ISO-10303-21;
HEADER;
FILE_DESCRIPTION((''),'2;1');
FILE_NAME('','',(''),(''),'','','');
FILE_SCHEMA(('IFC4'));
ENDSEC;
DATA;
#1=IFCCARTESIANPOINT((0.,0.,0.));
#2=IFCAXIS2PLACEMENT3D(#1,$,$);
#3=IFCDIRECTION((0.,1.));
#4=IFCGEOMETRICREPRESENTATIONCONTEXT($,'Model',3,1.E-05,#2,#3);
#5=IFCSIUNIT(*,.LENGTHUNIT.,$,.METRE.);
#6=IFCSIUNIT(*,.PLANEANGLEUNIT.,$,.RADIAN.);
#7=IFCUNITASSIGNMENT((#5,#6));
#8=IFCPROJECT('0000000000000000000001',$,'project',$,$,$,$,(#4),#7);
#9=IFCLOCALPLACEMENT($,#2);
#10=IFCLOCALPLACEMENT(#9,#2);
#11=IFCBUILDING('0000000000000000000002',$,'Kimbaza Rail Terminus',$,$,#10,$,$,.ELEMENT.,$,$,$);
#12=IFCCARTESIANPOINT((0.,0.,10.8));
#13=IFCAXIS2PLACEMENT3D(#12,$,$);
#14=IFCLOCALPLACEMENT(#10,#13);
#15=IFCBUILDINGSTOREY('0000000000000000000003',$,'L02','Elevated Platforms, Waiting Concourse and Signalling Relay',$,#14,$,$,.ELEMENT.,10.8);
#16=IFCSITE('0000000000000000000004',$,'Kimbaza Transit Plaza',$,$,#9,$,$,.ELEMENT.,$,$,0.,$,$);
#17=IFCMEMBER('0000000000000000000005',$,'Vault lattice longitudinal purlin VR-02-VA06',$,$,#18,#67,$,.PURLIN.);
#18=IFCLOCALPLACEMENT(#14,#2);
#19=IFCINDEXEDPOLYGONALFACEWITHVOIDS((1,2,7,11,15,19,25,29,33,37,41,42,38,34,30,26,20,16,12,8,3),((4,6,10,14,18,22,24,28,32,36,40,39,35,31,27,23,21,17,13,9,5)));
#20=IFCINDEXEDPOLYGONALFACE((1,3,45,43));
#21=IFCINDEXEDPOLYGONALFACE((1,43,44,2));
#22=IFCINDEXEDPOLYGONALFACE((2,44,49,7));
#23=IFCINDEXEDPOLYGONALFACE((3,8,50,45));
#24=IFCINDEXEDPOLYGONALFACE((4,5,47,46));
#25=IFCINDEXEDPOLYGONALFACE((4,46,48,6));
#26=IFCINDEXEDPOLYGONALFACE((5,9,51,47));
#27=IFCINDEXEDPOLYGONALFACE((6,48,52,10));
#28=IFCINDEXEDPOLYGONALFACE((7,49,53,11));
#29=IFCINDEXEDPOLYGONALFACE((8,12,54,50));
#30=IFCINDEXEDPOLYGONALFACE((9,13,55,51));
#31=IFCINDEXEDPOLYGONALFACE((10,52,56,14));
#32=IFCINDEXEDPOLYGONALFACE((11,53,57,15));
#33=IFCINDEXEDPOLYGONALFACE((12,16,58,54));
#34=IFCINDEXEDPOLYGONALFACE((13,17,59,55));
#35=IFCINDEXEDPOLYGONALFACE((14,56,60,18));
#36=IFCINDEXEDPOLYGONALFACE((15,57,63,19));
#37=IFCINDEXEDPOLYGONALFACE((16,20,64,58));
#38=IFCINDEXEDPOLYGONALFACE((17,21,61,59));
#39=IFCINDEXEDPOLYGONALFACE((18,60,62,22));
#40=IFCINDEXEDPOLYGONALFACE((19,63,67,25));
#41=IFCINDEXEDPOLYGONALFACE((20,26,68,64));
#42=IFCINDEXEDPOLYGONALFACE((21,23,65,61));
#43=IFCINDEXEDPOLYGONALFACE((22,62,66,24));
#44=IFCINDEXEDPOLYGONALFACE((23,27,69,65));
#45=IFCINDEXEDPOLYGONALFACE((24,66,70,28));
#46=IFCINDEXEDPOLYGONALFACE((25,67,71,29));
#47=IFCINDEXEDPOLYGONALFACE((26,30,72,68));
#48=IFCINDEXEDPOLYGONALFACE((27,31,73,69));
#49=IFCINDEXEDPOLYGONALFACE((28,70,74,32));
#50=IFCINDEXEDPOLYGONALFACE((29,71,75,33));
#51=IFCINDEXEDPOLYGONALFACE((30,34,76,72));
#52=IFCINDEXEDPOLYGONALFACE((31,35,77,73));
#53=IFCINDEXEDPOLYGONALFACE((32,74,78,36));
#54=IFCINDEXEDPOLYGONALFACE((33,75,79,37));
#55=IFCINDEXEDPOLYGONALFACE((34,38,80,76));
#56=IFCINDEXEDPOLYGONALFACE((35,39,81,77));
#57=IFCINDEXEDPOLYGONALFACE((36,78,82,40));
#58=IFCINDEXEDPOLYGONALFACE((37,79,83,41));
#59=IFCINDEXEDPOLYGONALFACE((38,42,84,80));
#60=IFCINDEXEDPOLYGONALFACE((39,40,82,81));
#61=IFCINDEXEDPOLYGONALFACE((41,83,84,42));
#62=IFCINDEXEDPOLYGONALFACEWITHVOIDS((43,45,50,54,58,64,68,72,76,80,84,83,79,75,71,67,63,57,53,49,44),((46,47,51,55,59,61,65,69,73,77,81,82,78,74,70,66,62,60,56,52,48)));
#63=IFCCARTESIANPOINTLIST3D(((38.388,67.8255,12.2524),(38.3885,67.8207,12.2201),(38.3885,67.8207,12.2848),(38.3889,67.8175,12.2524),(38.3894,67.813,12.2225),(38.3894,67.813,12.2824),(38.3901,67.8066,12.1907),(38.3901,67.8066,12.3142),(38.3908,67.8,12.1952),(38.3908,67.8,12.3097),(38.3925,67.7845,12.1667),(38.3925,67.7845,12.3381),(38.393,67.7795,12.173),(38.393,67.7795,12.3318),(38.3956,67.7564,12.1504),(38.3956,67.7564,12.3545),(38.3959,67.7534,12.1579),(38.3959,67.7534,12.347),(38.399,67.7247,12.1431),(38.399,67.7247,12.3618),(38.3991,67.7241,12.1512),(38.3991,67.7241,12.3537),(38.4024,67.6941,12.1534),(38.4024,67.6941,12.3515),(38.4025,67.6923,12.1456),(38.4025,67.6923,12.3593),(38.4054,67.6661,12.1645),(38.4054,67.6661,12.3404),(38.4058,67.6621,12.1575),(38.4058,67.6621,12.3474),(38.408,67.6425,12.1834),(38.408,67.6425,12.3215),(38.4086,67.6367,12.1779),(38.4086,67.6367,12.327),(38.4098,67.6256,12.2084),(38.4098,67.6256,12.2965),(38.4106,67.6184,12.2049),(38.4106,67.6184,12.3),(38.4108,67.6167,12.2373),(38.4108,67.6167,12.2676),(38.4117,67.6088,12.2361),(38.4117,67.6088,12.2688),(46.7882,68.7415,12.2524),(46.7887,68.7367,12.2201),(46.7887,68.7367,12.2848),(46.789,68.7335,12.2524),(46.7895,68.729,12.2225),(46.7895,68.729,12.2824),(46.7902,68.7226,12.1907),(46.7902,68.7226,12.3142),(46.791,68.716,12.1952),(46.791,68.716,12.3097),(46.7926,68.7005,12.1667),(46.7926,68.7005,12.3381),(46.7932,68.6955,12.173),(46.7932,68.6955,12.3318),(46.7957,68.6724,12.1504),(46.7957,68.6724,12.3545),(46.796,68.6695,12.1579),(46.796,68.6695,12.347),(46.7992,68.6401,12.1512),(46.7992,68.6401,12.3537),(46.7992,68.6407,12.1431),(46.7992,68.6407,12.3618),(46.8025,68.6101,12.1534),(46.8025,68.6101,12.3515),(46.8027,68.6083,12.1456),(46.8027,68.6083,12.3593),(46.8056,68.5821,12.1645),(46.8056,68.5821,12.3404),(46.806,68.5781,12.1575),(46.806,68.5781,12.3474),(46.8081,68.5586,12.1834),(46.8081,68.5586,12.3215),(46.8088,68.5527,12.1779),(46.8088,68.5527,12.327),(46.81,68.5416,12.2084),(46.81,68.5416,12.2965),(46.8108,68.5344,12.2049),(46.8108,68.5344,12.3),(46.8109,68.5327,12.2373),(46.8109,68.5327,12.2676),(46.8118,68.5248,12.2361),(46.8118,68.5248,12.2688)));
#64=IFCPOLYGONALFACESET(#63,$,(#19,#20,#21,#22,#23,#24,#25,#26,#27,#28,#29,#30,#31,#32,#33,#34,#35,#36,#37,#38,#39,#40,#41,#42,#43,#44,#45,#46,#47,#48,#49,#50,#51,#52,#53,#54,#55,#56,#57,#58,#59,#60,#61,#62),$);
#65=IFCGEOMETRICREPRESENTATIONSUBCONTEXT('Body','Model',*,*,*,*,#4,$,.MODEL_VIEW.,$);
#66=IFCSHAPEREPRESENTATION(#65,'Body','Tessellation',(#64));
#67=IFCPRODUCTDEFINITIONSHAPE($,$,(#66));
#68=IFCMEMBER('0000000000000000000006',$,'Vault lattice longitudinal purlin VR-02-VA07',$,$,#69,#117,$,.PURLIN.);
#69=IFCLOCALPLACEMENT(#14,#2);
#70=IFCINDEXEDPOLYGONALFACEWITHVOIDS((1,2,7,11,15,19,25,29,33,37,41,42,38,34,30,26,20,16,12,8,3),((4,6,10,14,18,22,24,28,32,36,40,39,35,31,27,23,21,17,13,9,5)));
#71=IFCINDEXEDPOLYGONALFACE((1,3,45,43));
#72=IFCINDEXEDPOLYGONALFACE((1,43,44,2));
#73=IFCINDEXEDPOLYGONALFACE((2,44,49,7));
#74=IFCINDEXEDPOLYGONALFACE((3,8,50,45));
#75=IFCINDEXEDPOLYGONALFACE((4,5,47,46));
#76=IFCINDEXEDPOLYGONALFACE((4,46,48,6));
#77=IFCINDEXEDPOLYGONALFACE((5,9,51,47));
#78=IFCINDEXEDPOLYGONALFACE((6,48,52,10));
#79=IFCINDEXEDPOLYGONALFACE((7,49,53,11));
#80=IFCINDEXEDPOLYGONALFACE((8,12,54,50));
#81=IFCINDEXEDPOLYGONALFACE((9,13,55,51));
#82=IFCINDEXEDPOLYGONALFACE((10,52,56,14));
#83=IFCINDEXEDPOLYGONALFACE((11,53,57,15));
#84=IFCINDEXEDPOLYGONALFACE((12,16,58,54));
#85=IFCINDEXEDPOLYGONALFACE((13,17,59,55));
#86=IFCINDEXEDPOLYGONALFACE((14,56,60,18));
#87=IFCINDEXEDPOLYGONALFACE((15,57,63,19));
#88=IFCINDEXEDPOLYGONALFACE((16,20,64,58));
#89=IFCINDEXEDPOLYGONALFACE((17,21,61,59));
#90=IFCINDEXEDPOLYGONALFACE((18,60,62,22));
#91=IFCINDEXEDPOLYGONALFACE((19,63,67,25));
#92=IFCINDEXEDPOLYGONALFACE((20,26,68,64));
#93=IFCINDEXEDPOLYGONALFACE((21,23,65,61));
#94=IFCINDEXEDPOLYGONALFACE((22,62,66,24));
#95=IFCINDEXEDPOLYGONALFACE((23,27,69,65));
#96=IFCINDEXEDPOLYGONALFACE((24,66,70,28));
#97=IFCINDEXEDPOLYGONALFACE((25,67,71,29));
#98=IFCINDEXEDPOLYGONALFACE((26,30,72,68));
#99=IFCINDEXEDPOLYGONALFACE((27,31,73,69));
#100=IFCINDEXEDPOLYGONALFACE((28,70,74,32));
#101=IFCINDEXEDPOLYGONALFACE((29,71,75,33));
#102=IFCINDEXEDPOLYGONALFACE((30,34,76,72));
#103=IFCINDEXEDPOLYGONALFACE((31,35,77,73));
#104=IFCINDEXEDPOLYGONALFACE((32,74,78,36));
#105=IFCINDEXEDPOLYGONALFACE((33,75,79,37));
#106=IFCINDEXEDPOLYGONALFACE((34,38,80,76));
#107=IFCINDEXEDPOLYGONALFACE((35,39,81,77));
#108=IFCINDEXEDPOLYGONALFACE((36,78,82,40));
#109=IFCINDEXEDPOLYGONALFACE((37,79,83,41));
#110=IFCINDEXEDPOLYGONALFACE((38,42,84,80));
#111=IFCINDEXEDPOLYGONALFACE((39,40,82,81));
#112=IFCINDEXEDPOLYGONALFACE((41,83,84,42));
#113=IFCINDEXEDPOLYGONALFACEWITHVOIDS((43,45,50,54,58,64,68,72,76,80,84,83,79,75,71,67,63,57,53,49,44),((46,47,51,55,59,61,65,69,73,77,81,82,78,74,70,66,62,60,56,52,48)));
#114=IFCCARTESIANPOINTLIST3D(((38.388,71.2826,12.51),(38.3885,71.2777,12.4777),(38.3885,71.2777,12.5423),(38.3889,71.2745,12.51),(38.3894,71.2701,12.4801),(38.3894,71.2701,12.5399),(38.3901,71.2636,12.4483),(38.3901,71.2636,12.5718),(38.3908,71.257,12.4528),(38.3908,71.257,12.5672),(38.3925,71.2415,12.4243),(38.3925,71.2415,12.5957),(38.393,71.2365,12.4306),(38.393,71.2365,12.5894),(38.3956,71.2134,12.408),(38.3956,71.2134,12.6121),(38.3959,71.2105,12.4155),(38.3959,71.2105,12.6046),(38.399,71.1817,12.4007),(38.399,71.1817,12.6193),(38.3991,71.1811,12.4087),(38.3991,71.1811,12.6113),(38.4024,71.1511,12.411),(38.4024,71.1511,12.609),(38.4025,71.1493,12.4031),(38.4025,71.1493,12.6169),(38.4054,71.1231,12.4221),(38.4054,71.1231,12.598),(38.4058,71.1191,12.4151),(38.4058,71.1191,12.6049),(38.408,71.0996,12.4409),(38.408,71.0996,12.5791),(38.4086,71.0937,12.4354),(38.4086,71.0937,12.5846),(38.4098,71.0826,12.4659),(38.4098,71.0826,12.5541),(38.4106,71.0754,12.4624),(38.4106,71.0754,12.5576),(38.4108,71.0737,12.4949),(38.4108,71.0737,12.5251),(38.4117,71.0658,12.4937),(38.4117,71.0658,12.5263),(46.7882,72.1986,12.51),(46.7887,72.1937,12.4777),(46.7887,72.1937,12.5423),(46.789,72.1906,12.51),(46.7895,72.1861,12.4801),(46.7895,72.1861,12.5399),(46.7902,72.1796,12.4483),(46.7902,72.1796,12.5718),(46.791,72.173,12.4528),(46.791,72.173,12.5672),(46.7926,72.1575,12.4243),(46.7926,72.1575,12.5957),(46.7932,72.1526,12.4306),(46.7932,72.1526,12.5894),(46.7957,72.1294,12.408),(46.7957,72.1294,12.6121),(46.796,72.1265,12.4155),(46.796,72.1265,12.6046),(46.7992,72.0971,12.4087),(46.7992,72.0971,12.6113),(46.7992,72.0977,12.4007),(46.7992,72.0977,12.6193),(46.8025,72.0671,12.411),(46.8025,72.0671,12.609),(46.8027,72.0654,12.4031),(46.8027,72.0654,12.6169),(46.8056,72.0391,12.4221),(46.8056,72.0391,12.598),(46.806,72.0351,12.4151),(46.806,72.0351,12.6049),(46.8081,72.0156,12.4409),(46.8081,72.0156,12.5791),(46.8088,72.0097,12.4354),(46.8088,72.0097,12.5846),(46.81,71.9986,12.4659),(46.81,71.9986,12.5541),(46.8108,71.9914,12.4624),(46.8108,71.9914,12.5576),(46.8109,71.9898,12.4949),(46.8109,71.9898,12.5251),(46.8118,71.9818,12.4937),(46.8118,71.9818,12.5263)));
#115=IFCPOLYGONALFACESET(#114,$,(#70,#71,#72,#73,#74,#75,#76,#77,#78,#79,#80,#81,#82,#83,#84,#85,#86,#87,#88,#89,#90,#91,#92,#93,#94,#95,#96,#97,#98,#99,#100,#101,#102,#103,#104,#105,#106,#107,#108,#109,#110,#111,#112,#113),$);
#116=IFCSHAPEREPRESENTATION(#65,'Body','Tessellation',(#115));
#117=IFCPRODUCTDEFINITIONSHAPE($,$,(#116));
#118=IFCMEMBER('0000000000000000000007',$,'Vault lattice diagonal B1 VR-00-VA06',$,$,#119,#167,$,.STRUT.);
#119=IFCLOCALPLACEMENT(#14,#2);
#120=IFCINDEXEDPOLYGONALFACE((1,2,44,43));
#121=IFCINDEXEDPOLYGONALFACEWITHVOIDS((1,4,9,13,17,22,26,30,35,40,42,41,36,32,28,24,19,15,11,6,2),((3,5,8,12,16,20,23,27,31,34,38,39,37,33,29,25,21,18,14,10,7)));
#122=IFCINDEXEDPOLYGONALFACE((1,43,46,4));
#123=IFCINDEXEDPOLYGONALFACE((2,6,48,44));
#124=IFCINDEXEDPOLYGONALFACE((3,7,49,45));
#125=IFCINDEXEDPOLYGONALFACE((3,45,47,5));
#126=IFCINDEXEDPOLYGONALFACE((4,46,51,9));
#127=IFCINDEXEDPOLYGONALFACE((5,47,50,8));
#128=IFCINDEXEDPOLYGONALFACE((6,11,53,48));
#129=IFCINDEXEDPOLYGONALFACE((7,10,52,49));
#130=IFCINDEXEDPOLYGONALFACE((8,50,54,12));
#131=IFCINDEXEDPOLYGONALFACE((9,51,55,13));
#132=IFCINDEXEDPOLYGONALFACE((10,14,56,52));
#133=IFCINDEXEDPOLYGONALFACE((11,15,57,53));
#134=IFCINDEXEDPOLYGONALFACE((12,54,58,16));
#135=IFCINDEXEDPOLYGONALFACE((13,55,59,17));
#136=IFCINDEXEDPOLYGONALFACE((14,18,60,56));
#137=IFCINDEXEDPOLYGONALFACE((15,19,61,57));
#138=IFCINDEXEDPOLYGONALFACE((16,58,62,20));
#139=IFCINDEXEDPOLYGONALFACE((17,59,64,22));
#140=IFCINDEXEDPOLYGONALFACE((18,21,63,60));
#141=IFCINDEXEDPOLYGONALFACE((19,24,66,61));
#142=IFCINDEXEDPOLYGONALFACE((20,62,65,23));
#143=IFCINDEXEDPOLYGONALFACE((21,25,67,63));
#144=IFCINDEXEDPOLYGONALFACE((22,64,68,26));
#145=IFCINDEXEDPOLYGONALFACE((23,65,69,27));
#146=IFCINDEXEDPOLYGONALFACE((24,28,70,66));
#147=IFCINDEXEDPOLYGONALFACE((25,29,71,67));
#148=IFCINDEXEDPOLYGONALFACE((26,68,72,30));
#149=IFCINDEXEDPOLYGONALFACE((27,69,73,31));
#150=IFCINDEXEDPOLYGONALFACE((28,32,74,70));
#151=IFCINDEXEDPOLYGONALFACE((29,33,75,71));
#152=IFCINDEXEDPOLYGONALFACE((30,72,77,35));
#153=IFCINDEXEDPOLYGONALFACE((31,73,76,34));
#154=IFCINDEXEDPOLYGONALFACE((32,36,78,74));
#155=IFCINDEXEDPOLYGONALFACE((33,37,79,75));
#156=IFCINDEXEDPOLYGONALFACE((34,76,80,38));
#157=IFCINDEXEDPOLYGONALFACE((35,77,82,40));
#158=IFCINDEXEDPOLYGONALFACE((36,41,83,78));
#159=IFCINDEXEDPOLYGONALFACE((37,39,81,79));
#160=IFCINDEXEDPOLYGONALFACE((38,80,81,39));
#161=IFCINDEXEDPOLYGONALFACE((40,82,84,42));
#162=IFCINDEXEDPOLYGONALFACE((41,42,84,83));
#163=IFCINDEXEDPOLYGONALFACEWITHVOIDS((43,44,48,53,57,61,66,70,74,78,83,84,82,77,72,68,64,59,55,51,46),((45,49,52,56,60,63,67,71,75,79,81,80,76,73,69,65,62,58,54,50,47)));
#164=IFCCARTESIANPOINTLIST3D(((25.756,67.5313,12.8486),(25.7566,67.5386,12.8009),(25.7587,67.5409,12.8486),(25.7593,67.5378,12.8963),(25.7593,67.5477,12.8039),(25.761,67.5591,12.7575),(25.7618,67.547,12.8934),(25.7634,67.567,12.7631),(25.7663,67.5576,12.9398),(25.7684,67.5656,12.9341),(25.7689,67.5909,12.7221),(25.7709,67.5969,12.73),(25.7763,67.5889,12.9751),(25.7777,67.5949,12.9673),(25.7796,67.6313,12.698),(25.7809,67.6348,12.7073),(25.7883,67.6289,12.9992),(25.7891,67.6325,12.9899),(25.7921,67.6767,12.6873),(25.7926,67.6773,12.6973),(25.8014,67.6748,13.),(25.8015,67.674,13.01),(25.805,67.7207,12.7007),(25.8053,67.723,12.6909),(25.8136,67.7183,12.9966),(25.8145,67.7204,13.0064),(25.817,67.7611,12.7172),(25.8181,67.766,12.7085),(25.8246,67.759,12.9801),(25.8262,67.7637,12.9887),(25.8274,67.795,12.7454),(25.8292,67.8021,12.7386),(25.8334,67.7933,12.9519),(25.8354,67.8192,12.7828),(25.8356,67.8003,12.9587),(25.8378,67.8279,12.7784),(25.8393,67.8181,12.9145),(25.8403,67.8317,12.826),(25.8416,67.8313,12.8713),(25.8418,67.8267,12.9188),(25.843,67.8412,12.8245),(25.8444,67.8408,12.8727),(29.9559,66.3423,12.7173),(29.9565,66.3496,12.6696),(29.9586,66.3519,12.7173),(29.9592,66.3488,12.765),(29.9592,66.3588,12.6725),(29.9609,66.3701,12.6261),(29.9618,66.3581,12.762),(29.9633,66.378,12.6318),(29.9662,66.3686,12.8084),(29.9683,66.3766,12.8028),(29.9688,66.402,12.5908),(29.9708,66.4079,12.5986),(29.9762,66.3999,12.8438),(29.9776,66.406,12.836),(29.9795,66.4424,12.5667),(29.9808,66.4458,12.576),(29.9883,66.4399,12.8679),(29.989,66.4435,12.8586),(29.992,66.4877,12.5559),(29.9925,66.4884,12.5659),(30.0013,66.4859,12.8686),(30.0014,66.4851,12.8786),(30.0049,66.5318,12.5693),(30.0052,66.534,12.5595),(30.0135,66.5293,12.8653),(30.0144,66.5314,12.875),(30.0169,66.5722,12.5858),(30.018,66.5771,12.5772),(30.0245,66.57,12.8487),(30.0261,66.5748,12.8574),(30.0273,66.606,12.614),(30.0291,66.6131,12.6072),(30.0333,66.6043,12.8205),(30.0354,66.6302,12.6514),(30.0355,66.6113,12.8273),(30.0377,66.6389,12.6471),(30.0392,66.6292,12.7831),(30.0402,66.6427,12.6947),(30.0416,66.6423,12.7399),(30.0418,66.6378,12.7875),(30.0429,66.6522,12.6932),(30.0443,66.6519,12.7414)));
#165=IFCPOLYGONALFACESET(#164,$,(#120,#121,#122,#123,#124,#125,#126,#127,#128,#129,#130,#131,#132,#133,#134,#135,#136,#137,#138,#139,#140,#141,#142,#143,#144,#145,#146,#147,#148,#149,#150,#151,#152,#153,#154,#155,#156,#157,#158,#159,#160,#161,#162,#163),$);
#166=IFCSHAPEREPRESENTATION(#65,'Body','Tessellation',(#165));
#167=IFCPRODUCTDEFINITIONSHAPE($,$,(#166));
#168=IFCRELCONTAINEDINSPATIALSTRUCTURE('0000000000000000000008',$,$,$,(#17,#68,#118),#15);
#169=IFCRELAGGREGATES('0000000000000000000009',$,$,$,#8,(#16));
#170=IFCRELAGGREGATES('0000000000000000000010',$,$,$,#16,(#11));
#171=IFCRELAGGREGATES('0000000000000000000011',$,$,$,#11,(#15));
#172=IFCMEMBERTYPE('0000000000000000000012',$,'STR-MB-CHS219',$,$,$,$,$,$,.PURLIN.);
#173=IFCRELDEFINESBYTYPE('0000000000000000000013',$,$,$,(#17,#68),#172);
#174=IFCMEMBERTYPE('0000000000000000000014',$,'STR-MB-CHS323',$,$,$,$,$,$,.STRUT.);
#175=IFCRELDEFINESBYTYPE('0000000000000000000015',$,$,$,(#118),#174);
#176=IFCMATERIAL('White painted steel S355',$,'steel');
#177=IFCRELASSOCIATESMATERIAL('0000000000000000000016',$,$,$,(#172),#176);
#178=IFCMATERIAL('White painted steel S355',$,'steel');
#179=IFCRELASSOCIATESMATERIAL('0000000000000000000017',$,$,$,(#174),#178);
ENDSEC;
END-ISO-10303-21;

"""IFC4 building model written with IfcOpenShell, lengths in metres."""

from ifc_helpers import new_model, si_unit, direction, frame, origin, origin_2d, place, context, subcontext, project, spatial, hollow_circle, extrude, material, material_profile, profile_set, type_object, element, save


model = new_model("IFC4")

# Units and contexts
model_context = context("Model", 3, precision=1e-05, world=origin(), true_north=direction((0.0, 1.0)))
body_context = subcontext(model_context, "Body", "Model", "MODEL_VIEW")
ifc_project = project(units=[si_unit("LENGTHUNIT", "METRE"), si_unit("PLANEANGLEUNIT", "RADIAN")], contexts=[model_context])

# Site, building, storey
site_placement = place(None, origin())
site = spatial("IfcSite", under=ifc_project, at=site_placement, Name="Kimbaza Transit Plaza", CompositionType="ELEMENT", RefElevation=0.0)
building_placement = place(site_placement, origin())
building = spatial("IfcBuilding", under=site, at=building_placement, Name="Kimbaza Rail Terminus", CompositionType="ELEMENT")
storey_placement = place(building_placement, frame((0.0, 0.0, 10.8)))
storey = spatial("IfcBuildingStorey", under=building, at=storey_placement, Name="L02", Description="Elevated Platforms, Waiting Concourse and Signalling Relay", CompositionType="ELEMENT", Elevation=10.8)

# Members
ifc_material_1 = material(Name="White painted steel S355", Category="steel")
ifc_material_profile_1 = material_profile(ifc_material_1, hollow_circle(Radius=0.1096, WallThickness=0.0081, at=origin_2d()), Name="CHS 219.1x8")
ifc_profile_set_1 = profile_set([ifc_material_profile_1], Name="White painted steel S355")
member_type_1 = type_object("IfcMemberType", Name="STR-MB-CHS219", PredefinedType="PURLIN", material=ifc_profile_set_1)
for number, where, z_axis, x_axis, name in (
    (1, (38.3999, 67.7166, 12.2524), (0.994107, 0.108405, 0.0), (-0.108405, 0.994107, 0.0), "Vault lattice longitudinal purlin VR-02-VA06"),
    (2, (38.3999, 71.1736, 12.51), (0.994107, 0.108405, 0.0), (-0.108405, 0.994107, 0.0), "Vault lattice longitudinal purlin VR-02-VA07"),
):
    element("IfcMember", number, at=place(storey_placement, frame(where, z_axis=z_axis, x_axis=x_axis)), inside=storey, type_object=member_type_1, Name=name, PredefinedType="PURLIN", context=body_context, shape_type="SweptSolid", body=[
        extrude(hollow_circle(Radius=0.1096, WallThickness=0.0081, at=origin_2d()), origin(), (0.0, 0.0, 1.0), 8.45),
    ])
ifc_material_2 = material(Name="White painted steel S355", Category="steel")
ifc_material_profile_2 = material_profile(ifc_material_2, hollow_circle(Radius=0.1619, WallThickness=0.01, at=origin_2d()), Name="CHS 323.9x10")
ifc_profile_set_2 = profile_set([ifc_material_profile_2], Name="White painted steel S355")
member_type_2 = type_object("IfcMemberType", Name="STR-MB-CHS323", PredefinedType="STRUT", material=ifc_profile_set_2)
for number, where, z_axis, x_axis, name in (
    (3, (30.0, 66.498, 12.7173), (-0.961753, 0.272263, 0.030077), (-0.272386, -0.962188, 0.0), "Vault lattice diagonal B1 VR-00-VA06"),
):
    element("IfcMember", number, at=place(storey_placement, frame(where, z_axis=z_axis, x_axis=x_axis)), inside=storey, type_object=member_type_2, Name=name, PredefinedType="STRUT", context=body_context, shape_type="SweptSolid", body=[
        extrude(hollow_circle(Radius=0.1619, WallThickness=0.01, at=origin_2d()), origin(), (0.0, 0.0, 1.0), 4.3669),
    ])

save(model, "model.ifc")
